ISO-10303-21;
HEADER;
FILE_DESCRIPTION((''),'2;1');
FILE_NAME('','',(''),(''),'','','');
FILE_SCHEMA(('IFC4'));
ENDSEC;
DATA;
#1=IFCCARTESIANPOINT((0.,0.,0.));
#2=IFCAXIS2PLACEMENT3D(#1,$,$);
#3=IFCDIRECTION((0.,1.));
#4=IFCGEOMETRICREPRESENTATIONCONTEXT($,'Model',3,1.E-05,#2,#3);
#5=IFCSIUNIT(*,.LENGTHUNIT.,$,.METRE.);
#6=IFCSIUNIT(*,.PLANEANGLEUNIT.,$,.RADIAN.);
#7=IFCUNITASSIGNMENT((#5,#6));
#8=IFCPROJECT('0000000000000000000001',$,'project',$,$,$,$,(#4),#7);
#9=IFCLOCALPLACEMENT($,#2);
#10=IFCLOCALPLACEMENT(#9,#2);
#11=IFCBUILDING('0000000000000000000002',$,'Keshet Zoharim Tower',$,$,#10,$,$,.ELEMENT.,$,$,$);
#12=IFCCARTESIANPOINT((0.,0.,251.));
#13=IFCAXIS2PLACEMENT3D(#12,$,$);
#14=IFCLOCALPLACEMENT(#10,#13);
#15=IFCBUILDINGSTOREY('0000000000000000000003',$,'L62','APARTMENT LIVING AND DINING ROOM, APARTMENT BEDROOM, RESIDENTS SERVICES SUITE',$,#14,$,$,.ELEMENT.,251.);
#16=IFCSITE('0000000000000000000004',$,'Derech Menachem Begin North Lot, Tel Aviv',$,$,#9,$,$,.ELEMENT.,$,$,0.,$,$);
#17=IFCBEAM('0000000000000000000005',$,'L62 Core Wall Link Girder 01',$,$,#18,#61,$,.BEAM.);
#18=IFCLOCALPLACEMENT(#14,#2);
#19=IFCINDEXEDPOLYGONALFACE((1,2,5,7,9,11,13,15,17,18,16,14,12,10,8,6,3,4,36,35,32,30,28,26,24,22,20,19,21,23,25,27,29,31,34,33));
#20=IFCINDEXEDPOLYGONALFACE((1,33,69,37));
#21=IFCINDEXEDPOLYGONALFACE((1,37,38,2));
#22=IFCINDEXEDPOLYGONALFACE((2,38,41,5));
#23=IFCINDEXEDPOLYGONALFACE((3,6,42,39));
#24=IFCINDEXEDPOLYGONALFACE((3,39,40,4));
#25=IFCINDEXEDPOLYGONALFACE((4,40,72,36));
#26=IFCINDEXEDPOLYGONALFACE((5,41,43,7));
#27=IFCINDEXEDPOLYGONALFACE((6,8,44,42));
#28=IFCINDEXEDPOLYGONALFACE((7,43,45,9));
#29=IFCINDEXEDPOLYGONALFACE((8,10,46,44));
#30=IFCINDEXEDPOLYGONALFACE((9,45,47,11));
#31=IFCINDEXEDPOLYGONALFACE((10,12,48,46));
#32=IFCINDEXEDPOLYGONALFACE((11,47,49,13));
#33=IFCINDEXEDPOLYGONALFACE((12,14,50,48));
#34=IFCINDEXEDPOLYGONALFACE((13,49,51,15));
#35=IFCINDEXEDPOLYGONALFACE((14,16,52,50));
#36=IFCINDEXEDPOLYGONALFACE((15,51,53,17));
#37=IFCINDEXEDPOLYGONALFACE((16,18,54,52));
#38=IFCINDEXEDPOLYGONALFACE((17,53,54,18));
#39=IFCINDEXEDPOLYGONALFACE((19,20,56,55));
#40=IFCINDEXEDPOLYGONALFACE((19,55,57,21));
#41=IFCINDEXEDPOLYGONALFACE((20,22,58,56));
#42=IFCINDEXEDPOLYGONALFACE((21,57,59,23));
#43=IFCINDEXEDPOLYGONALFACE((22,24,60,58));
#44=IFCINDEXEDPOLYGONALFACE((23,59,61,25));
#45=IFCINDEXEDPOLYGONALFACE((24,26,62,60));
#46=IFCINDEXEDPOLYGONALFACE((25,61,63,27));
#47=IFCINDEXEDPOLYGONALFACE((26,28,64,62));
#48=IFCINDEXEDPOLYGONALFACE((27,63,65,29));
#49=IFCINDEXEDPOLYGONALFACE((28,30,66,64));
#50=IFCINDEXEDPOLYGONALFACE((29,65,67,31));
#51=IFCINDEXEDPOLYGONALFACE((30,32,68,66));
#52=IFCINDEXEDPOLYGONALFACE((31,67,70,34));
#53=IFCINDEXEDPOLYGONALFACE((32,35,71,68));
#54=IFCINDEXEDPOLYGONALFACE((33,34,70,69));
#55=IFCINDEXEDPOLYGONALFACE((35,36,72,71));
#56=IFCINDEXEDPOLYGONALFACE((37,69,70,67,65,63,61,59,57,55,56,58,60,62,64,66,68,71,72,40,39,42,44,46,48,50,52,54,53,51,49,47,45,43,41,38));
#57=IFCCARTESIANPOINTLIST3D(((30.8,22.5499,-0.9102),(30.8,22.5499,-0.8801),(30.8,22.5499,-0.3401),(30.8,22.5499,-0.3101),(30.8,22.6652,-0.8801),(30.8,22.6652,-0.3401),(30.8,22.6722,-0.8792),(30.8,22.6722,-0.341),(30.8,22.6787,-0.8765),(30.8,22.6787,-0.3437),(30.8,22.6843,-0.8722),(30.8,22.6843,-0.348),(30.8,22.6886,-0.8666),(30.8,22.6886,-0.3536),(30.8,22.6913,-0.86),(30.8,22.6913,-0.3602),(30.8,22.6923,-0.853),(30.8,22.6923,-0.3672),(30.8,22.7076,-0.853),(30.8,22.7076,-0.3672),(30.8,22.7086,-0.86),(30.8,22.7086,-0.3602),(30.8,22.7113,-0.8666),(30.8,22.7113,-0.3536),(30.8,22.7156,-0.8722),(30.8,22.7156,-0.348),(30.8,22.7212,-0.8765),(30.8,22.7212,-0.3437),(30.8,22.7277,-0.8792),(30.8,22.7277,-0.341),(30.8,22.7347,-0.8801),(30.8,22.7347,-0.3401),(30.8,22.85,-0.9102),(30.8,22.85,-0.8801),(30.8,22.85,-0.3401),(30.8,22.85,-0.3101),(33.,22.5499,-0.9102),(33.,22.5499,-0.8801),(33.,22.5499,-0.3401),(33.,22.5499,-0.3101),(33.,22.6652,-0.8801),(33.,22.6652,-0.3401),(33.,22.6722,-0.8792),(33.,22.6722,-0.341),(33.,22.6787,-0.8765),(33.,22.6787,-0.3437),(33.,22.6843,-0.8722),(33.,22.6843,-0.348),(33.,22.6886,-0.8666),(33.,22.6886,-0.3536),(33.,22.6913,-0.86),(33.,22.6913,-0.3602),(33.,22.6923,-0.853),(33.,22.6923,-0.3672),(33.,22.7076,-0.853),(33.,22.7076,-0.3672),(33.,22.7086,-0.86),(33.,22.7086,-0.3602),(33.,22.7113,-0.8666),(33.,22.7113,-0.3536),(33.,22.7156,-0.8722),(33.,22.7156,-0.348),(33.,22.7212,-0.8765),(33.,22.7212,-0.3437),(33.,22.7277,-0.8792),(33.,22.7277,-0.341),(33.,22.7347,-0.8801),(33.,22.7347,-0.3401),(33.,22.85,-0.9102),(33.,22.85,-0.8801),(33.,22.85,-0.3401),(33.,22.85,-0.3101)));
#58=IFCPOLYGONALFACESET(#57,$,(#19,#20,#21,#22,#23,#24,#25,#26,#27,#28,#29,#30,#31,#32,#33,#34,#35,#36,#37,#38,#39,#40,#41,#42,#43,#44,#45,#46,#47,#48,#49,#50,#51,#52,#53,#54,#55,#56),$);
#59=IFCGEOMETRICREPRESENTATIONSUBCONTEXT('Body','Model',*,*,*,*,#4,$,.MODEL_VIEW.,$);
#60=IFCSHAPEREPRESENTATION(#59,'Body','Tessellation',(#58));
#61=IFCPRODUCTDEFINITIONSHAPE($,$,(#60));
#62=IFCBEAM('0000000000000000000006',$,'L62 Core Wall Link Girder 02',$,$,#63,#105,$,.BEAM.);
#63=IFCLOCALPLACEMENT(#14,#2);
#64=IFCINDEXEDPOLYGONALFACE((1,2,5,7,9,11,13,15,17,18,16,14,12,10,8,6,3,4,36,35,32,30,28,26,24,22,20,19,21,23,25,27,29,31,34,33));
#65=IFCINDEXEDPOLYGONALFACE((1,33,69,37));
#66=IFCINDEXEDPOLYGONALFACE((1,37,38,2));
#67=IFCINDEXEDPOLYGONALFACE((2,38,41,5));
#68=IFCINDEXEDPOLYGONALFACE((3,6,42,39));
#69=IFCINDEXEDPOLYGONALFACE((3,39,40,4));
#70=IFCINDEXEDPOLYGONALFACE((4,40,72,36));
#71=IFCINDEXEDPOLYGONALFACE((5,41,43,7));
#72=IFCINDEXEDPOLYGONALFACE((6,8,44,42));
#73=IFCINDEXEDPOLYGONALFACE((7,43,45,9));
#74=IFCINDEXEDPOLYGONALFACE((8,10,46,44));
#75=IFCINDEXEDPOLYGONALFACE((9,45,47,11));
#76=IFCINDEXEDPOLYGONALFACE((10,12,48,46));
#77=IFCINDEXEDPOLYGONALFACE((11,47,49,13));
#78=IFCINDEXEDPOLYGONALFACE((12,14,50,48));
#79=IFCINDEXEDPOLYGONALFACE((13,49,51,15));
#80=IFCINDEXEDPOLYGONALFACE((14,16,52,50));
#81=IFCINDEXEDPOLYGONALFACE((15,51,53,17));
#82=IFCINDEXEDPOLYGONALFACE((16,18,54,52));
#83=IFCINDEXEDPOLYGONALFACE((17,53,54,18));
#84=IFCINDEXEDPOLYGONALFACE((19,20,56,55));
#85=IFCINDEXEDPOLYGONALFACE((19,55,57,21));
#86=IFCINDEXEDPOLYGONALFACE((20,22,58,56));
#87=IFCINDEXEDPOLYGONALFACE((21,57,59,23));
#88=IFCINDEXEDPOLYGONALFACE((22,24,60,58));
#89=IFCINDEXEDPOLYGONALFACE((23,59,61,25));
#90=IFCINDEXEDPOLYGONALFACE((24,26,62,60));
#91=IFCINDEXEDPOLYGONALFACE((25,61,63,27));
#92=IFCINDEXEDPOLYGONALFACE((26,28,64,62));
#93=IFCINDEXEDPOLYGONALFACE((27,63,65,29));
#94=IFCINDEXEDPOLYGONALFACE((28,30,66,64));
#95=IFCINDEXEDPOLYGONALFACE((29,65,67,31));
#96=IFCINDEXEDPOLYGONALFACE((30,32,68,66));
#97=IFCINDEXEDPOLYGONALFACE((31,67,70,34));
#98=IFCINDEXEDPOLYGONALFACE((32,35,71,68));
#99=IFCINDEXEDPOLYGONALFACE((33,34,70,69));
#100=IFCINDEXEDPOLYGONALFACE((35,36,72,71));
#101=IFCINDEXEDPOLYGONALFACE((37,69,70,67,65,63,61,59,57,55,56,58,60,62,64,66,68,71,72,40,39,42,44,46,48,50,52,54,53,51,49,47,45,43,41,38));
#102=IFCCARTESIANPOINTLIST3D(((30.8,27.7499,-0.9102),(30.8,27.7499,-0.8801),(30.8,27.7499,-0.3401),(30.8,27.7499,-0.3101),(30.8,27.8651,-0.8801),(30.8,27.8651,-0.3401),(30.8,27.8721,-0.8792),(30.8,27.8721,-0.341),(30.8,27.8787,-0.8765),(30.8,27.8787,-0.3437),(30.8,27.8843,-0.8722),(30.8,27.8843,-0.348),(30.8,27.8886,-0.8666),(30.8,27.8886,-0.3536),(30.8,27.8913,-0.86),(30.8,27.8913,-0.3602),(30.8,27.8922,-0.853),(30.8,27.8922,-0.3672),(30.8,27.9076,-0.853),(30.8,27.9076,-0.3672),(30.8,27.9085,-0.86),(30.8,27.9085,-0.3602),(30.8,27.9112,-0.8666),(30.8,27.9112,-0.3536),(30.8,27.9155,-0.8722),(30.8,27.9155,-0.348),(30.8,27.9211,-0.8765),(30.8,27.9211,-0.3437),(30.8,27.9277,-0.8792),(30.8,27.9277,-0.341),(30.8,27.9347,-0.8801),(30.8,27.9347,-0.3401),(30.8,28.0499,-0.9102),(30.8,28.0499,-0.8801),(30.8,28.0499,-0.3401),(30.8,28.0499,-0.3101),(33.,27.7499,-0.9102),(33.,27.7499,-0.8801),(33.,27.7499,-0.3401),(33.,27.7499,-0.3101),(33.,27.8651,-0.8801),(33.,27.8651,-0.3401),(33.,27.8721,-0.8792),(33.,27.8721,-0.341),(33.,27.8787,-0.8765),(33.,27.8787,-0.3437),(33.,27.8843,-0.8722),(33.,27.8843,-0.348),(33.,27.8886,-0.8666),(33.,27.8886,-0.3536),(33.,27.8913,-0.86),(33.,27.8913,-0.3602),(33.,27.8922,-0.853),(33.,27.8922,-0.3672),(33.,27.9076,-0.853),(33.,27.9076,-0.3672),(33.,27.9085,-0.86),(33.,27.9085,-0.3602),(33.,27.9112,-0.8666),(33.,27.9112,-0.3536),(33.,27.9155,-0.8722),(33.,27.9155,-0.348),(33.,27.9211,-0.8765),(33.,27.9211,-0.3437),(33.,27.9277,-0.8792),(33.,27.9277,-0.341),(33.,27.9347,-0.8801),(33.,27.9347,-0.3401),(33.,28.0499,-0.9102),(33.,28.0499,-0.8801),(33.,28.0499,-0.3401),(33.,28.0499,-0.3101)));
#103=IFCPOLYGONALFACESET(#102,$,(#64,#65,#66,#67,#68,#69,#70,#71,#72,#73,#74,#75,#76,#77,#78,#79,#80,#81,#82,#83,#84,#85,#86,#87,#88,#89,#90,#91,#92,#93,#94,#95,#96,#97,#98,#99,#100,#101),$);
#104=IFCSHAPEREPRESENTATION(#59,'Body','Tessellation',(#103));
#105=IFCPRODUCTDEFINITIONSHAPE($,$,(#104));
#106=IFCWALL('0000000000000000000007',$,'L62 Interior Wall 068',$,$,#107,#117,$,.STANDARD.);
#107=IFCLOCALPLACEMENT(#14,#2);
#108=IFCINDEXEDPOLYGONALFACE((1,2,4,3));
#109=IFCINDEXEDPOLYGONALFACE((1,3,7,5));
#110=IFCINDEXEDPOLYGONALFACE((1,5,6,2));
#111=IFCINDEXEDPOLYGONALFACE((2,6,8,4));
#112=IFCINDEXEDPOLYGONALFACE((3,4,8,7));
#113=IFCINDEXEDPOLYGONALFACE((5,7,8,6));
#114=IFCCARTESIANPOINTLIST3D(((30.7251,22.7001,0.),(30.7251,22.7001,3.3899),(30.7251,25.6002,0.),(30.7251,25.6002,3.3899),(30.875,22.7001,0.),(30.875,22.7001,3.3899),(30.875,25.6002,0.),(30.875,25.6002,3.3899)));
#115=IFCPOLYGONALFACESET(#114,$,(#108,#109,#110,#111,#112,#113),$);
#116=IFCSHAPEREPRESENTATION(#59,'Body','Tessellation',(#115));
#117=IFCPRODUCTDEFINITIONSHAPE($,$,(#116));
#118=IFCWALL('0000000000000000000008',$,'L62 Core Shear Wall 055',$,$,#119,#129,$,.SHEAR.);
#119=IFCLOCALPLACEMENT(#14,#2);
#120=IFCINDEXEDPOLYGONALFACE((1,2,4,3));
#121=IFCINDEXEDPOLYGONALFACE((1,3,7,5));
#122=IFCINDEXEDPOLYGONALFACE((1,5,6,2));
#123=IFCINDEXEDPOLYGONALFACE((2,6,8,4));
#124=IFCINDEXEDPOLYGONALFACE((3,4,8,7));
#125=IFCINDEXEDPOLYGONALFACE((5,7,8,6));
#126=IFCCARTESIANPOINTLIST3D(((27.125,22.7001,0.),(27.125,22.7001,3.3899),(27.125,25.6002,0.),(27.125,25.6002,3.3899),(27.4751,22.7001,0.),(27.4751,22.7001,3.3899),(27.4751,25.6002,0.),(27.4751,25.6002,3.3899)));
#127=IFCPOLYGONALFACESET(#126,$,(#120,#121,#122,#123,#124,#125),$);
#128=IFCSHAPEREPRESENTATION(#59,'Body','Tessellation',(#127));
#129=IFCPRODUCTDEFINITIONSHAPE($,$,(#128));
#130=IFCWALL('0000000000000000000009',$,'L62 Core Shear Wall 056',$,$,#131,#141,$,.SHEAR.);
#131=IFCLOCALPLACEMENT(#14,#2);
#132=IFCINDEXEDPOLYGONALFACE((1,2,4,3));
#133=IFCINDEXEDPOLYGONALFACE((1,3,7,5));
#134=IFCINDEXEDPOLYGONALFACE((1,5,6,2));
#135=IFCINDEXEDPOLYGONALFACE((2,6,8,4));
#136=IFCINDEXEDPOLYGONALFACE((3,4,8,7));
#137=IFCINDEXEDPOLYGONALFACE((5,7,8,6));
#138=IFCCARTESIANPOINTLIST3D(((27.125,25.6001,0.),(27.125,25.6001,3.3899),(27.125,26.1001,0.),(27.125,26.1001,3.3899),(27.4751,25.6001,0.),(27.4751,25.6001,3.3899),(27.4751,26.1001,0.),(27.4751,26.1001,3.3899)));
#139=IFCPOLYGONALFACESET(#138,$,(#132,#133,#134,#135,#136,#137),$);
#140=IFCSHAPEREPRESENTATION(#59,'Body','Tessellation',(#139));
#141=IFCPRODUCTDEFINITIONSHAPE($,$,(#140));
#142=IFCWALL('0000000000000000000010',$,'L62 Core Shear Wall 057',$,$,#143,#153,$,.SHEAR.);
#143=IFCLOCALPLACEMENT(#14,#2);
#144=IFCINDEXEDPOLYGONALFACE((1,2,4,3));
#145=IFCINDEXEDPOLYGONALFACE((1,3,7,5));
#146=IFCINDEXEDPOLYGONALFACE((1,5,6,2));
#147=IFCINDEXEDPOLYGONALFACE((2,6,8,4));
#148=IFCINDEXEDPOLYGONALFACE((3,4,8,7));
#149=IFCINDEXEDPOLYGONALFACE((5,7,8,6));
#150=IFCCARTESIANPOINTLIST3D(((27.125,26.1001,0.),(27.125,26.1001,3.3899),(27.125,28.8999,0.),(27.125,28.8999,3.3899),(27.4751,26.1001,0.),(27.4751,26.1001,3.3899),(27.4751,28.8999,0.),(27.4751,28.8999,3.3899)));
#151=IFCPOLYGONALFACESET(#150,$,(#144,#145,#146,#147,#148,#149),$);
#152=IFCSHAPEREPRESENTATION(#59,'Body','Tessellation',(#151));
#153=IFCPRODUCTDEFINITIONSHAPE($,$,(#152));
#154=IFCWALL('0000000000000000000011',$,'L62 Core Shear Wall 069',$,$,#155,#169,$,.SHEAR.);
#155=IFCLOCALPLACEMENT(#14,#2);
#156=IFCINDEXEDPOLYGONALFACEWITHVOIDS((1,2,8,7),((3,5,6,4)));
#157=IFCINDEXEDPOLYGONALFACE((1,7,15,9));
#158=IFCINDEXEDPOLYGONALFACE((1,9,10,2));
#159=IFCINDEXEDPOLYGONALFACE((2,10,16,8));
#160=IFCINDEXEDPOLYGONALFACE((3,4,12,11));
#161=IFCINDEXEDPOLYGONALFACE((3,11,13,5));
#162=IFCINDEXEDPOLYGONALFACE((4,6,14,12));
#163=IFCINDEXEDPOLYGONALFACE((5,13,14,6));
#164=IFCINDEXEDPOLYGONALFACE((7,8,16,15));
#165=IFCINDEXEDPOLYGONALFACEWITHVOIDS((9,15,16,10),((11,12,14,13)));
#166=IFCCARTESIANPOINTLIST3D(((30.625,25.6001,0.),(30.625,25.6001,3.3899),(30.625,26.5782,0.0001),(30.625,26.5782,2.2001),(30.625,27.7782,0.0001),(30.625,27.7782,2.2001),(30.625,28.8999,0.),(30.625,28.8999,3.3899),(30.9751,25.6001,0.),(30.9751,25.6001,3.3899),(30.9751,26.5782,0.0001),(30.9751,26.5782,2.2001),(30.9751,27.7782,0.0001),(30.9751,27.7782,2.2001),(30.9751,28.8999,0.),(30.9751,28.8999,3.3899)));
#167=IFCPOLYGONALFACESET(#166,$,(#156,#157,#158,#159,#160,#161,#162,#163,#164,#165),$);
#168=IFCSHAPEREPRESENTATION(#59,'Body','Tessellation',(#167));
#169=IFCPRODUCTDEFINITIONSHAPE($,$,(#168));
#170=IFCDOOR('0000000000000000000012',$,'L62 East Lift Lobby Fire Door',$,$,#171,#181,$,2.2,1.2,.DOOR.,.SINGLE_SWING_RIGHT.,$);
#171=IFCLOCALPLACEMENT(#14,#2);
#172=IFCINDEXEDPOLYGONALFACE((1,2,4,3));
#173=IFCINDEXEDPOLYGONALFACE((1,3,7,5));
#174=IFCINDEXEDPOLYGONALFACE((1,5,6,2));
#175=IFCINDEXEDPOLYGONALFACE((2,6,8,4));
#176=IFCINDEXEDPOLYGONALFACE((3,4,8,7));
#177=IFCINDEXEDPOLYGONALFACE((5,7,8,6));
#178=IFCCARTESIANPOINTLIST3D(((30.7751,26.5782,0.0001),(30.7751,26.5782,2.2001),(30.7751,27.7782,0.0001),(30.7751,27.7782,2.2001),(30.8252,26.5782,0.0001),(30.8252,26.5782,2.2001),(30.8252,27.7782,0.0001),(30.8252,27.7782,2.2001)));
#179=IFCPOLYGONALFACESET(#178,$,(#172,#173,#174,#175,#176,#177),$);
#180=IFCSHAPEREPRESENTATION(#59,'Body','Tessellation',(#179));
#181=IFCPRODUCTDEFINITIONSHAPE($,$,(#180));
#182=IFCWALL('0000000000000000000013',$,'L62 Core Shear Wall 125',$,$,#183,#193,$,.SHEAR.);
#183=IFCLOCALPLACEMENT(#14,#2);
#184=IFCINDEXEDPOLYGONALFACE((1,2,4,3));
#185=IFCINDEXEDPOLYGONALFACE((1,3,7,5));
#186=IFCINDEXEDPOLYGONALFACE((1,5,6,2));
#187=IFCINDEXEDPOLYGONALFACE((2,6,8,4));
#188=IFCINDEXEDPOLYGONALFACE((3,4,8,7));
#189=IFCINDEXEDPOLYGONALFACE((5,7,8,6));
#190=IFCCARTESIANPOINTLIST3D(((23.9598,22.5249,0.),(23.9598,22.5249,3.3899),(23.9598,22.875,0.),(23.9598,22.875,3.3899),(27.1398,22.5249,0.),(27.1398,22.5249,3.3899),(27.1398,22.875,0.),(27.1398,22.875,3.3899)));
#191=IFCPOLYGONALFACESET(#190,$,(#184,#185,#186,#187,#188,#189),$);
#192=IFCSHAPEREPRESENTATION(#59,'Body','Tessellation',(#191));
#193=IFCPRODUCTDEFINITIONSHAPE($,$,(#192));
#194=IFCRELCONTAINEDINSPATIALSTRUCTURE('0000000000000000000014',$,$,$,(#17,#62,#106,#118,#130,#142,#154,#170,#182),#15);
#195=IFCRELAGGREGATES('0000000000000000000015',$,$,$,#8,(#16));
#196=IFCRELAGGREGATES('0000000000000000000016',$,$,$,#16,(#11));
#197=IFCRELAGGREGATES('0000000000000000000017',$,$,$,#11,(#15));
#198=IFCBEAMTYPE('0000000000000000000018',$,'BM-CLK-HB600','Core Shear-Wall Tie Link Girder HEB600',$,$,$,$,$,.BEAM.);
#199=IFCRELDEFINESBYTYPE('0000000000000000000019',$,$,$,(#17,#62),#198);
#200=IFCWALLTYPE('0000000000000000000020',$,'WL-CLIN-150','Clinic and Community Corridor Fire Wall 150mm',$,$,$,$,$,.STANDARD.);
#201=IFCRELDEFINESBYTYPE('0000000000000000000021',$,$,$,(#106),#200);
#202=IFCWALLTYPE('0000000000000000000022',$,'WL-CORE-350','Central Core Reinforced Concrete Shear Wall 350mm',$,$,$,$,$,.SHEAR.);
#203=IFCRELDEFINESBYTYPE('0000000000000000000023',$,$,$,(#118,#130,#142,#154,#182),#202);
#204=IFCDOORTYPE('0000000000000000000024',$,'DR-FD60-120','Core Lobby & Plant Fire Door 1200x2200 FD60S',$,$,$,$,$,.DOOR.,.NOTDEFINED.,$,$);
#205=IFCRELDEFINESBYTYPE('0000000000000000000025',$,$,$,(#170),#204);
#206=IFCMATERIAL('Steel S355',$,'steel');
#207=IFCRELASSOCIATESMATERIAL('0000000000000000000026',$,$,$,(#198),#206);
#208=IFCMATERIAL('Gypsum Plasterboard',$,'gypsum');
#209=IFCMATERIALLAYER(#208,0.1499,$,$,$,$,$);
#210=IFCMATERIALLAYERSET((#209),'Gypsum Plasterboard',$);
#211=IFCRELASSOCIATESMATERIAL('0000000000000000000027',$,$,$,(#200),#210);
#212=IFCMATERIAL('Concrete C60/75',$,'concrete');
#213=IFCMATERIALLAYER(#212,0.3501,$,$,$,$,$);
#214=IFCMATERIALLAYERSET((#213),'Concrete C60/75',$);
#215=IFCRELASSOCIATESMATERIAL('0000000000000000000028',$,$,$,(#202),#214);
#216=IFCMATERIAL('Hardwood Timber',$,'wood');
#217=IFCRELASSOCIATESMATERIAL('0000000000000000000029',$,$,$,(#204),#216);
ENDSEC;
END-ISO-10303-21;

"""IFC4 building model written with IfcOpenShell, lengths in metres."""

from ifc_helpers import new_model, si_unit, direction, frame, frame_2d, origin, origin_2d, place, context, subcontext, project, spatial, rectangle, i_section, extrude, material, layer, layer_set, material_profile, profile_set, type_object, element, fill, save


model = new_model("IFC4")

# Units and contexts
model_context = context("Model", 3, precision=1e-05, world=origin(), true_north=direction((0.0, 1.0)))
body_context = subcontext(model_context, "Body", "Model", "MODEL_VIEW")
ifc_project = project(units=[si_unit("LENGTHUNIT", "METRE"), si_unit("PLANEANGLEUNIT", "RADIAN")], contexts=[model_context])

# Site, building, storey
site_placement = place(None, origin())
site = spatial("IfcSite", under=ifc_project, at=site_placement, Name="Derech Menachem Begin North Lot, Tel Aviv", CompositionType="ELEMENT", RefElevation=0.0)
building_placement = place(site_placement, origin())
building = spatial("IfcBuilding", under=site, at=building_placement, Name="Keshet Zoharim Tower", CompositionType="ELEMENT")
storey_placement = place(building_placement, frame((0.0, 0.0, 251.0)))
storey = spatial("IfcBuildingStorey", under=building, at=storey_placement, Name="L62", Description="APARTMENT LIVING AND DINING ROOM, APARTMENT BEDROOM, RESIDENTS SERVICES SUITE", CompositionType="ELEMENT", Elevation=251.0)

# Beams
ifc_material_1 = material(Name="Steel S355", Category="steel")
ifc_material_profile = material_profile(ifc_material_1, i_section(OverallWidth=0.3, OverallDepth=0.6001, WebThickness=0.0154, FlangeThickness=0.03, FilletRadius=0.0271, at=origin_2d()), Name="HEB600")
ifc_profile_set = profile_set([ifc_material_profile], Name="Steel S355")
beam_type = type_object("IfcBeamType", Name="BM-CLK-HB600", Description="Core Shear-Wall Tie Link Girder HEB600", PredefinedType="BEAM", material=ifc_profile_set)
for number, where, z_axis, x_axis, name in (
    (1, (30.8, 22.7, -0.6101), (1.0, 0.0, 0.0), (0.0, 1.0, 0.0), "L62 Core Wall Link Girder 01"),
    (2, (30.8, 27.8999, -0.6101), (1.0, 0.0, 0.0), (0.0, 1.0, 0.0), "L62 Core Wall Link Girder 02"),
):
    element("IfcBeam", number, at=place(storey_placement, frame(where, z_axis=z_axis, x_axis=x_axis)), inside=storey, type_object=beam_type, Name=name, PredefinedType="BEAM", context=body_context, shape_type="SweptSolid", body=[
        extrude(i_section(OverallWidth=0.3, OverallDepth=0.6001, WebThickness=0.0154, FlangeThickness=0.03, FilletRadius=0.0271, at=origin_2d()), origin(), (0.0, 0.0, 1.0), 2.2),
    ])

# Wall
ifc_material_2 = material(Name="Gypsum Plasterboard", Category="gypsum")
ifc_layer_1 = layer(ifc_material_2, 0.1499)
ifc_layer_set_1 = layer_set([ifc_layer_1], Name="Gypsum Plasterboard")
wall_type_1 = type_object("IfcWallType", Name="WL-CLIN-150", Description="Clinic and Community Corridor Fire Wall 150mm", PredefinedType="STANDARD", material=ifc_layer_set_1)
wall_1_placement = place(storey_placement, frame((30.8, 22.7, 0.0), z_axis=(0.0, 0.0, 1.0), x_axis=(0.0, 1.0, 0.0)))
element("IfcWall", 3, at=wall_1_placement, inside=storey, type_object=wall_type_1, Name="L62 Interior Wall 068", PredefinedType="STANDARD", context=body_context, shape_type="SweptSolid", body=[
    extrude(rectangle(XDim=2.9001, YDim=0.1499, at=frame_2d((1.4502, 0.0))), origin(), (0.0, 0.0, 1.0), 3.3899),
])

# Shared definitions
ifc_material_3 = material(Name="Concrete C60/75", Category="concrete")
ifc_layer_2 = layer(ifc_material_3, 0.3501)
ifc_layer_set_2 = layer_set([ifc_layer_2], Name="Concrete C60/75")
wall_type_2 = type_object("IfcWallType", Name="WL-CORE-350", Description="Central Core Reinforced Concrete Shear Wall 350mm", PredefinedType="SHEAR", material=ifc_layer_set_2)
ifc_material_4 = material(Name="Hardwood Timber", Category="wood")

# Walls
wall_2_placement = place(storey_placement, frame((27.3, 22.7, 0.0), z_axis=(0.0, 0.0, 1.0), x_axis=(0.0, 1.0, 0.0)))
element("IfcWall", 4, at=wall_2_placement, inside=storey, type_object=wall_type_2, Name="L62 Core Shear Wall 055", PredefinedType="SHEAR", context=body_context, shape_type="SweptSolid", body=[
    extrude(rectangle(XDim=2.9001, YDim=0.3501, at=frame_2d((1.4502, 0.0))), origin(), (0.0, 0.0, 1.0), 3.3899),
])
wall_3_placement = place(storey_placement, frame((27.3, 25.6001, 0.0), z_axis=(0.0, 0.0, 1.0), x_axis=(0.0, 1.0, 0.0)))
element("IfcWall", 5, at=wall_3_placement, inside=storey, type_object=wall_type_2, Name="L62 Core Shear Wall 056", PredefinedType="SHEAR", context=body_context, shape_type="SweptSolid", body=[
    extrude(rectangle(XDim=0.5, YDim=0.3501, at=frame_2d((0.25, 0.0))), origin(), (0.0, 0.0, 1.0), 3.3899),
])
wall_4_placement = place(storey_placement, frame((27.3, 26.1001, 0.0), z_axis=(0.0, 0.0, 1.0), x_axis=(0.0, 1.0, 0.0)))
element("IfcWall", 6, at=wall_4_placement, inside=storey, type_object=wall_type_2, Name="L62 Core Shear Wall 057", PredefinedType="SHEAR", context=body_context, shape_type="SweptSolid", body=[
    extrude(rectangle(XDim=2.7998, YDim=0.3501, at=frame_2d((1.3999, 0.0))), origin(), (0.0, 0.0, 1.0), 3.3899),
])

# Wall, opening, door
wall_5_placement = place(storey_placement, frame((30.8, 25.6001, 0.0), z_axis=(0.0, 0.0, 1.0), x_axis=(0.0, 1.0, 0.0)))
wall_5 = element("IfcWall", 7, at=wall_5_placement, inside=storey, type_object=wall_type_2, Name="L62 Core Shear Wall 069", PredefinedType="SHEAR", context=body_context, shape_type="SweptSolid", body=[
    extrude(rectangle(XDim=3.2998, YDim=0.3501, at=frame_2d((1.6499, 0.0))), origin(), (0.0, 0.0, 1.0), 3.3899),
])
opening_1_placement = place(wall_5_placement, frame((0.978, 0.0, 0.0)))
opening_1 = element("IfcOpeningElement", 8, at=opening_1_placement, cuts=wall_5, PredefinedType="OPENING", context=body_context, shape_type="SweptSolid", body=[
    extrude(rectangle(XDim=1.2, YDim=2.2, at=frame_2d((0.6001, 1.1001))), frame((0.0, 0.1851, 0.0), z_axis=(0.0, -1.0, 0.0), x_axis=(1.0, 0.0, 0.0)), (0.0, 0.0, 1.0), 0.3701),
])
door_type_1 = type_object("IfcDoorType", Name="DR-FD60-120", Description="Core Lobby & Plant Fire Door 1200x2200 FD60S", OperationType="NOTDEFINED", PredefinedType="DOOR", material=ifc_material_4)
door_1_placement = place(opening_1_placement, origin())
door_1 = element("IfcDoor", 9, at=door_1_placement, inside=storey, type_object=door_type_1, Name="L62 East Lift Lobby Fire Door", OperationType="SINGLE_SWING_RIGHT", OverallHeight=2.2, OverallWidth=1.2, PredefinedType="DOOR", context=body_context, shape_type="SweptSolid", body=[
    extrude(rectangle(XDim=1.2, YDim=2.2, at=frame_2d((0.6001, 1.1001))), frame((0.0, 0.0249, 0.0), z_axis=(0.0, -1.0, 0.0), x_axis=(1.0, 0.0, 0.0)), (0.0, 0.0, 1.0), 0.05),
])
fill(opening_1, door_1)

# Wall
wall_6_placement = place(storey_placement, frame((23.96, 22.7, 0.0), z_axis=(0.0, 0.0, 1.0), x_axis=(1.0, 0.0, 0.0)))
element("IfcWall", 10, at=wall_6_placement, inside=storey, type_object=wall_type_2, Name="L62 Core Shear Wall 125", PredefinedType="SHEAR", context=body_context, shape_type="SweptSolid", body=[
    extrude(rectangle(XDim=3.1799, YDim=0.3501, at=frame_2d((1.5898, 0.0))), origin(), (0.0, 0.0, 1.0), 3.3899),
])

save(model, "model.ifc")
